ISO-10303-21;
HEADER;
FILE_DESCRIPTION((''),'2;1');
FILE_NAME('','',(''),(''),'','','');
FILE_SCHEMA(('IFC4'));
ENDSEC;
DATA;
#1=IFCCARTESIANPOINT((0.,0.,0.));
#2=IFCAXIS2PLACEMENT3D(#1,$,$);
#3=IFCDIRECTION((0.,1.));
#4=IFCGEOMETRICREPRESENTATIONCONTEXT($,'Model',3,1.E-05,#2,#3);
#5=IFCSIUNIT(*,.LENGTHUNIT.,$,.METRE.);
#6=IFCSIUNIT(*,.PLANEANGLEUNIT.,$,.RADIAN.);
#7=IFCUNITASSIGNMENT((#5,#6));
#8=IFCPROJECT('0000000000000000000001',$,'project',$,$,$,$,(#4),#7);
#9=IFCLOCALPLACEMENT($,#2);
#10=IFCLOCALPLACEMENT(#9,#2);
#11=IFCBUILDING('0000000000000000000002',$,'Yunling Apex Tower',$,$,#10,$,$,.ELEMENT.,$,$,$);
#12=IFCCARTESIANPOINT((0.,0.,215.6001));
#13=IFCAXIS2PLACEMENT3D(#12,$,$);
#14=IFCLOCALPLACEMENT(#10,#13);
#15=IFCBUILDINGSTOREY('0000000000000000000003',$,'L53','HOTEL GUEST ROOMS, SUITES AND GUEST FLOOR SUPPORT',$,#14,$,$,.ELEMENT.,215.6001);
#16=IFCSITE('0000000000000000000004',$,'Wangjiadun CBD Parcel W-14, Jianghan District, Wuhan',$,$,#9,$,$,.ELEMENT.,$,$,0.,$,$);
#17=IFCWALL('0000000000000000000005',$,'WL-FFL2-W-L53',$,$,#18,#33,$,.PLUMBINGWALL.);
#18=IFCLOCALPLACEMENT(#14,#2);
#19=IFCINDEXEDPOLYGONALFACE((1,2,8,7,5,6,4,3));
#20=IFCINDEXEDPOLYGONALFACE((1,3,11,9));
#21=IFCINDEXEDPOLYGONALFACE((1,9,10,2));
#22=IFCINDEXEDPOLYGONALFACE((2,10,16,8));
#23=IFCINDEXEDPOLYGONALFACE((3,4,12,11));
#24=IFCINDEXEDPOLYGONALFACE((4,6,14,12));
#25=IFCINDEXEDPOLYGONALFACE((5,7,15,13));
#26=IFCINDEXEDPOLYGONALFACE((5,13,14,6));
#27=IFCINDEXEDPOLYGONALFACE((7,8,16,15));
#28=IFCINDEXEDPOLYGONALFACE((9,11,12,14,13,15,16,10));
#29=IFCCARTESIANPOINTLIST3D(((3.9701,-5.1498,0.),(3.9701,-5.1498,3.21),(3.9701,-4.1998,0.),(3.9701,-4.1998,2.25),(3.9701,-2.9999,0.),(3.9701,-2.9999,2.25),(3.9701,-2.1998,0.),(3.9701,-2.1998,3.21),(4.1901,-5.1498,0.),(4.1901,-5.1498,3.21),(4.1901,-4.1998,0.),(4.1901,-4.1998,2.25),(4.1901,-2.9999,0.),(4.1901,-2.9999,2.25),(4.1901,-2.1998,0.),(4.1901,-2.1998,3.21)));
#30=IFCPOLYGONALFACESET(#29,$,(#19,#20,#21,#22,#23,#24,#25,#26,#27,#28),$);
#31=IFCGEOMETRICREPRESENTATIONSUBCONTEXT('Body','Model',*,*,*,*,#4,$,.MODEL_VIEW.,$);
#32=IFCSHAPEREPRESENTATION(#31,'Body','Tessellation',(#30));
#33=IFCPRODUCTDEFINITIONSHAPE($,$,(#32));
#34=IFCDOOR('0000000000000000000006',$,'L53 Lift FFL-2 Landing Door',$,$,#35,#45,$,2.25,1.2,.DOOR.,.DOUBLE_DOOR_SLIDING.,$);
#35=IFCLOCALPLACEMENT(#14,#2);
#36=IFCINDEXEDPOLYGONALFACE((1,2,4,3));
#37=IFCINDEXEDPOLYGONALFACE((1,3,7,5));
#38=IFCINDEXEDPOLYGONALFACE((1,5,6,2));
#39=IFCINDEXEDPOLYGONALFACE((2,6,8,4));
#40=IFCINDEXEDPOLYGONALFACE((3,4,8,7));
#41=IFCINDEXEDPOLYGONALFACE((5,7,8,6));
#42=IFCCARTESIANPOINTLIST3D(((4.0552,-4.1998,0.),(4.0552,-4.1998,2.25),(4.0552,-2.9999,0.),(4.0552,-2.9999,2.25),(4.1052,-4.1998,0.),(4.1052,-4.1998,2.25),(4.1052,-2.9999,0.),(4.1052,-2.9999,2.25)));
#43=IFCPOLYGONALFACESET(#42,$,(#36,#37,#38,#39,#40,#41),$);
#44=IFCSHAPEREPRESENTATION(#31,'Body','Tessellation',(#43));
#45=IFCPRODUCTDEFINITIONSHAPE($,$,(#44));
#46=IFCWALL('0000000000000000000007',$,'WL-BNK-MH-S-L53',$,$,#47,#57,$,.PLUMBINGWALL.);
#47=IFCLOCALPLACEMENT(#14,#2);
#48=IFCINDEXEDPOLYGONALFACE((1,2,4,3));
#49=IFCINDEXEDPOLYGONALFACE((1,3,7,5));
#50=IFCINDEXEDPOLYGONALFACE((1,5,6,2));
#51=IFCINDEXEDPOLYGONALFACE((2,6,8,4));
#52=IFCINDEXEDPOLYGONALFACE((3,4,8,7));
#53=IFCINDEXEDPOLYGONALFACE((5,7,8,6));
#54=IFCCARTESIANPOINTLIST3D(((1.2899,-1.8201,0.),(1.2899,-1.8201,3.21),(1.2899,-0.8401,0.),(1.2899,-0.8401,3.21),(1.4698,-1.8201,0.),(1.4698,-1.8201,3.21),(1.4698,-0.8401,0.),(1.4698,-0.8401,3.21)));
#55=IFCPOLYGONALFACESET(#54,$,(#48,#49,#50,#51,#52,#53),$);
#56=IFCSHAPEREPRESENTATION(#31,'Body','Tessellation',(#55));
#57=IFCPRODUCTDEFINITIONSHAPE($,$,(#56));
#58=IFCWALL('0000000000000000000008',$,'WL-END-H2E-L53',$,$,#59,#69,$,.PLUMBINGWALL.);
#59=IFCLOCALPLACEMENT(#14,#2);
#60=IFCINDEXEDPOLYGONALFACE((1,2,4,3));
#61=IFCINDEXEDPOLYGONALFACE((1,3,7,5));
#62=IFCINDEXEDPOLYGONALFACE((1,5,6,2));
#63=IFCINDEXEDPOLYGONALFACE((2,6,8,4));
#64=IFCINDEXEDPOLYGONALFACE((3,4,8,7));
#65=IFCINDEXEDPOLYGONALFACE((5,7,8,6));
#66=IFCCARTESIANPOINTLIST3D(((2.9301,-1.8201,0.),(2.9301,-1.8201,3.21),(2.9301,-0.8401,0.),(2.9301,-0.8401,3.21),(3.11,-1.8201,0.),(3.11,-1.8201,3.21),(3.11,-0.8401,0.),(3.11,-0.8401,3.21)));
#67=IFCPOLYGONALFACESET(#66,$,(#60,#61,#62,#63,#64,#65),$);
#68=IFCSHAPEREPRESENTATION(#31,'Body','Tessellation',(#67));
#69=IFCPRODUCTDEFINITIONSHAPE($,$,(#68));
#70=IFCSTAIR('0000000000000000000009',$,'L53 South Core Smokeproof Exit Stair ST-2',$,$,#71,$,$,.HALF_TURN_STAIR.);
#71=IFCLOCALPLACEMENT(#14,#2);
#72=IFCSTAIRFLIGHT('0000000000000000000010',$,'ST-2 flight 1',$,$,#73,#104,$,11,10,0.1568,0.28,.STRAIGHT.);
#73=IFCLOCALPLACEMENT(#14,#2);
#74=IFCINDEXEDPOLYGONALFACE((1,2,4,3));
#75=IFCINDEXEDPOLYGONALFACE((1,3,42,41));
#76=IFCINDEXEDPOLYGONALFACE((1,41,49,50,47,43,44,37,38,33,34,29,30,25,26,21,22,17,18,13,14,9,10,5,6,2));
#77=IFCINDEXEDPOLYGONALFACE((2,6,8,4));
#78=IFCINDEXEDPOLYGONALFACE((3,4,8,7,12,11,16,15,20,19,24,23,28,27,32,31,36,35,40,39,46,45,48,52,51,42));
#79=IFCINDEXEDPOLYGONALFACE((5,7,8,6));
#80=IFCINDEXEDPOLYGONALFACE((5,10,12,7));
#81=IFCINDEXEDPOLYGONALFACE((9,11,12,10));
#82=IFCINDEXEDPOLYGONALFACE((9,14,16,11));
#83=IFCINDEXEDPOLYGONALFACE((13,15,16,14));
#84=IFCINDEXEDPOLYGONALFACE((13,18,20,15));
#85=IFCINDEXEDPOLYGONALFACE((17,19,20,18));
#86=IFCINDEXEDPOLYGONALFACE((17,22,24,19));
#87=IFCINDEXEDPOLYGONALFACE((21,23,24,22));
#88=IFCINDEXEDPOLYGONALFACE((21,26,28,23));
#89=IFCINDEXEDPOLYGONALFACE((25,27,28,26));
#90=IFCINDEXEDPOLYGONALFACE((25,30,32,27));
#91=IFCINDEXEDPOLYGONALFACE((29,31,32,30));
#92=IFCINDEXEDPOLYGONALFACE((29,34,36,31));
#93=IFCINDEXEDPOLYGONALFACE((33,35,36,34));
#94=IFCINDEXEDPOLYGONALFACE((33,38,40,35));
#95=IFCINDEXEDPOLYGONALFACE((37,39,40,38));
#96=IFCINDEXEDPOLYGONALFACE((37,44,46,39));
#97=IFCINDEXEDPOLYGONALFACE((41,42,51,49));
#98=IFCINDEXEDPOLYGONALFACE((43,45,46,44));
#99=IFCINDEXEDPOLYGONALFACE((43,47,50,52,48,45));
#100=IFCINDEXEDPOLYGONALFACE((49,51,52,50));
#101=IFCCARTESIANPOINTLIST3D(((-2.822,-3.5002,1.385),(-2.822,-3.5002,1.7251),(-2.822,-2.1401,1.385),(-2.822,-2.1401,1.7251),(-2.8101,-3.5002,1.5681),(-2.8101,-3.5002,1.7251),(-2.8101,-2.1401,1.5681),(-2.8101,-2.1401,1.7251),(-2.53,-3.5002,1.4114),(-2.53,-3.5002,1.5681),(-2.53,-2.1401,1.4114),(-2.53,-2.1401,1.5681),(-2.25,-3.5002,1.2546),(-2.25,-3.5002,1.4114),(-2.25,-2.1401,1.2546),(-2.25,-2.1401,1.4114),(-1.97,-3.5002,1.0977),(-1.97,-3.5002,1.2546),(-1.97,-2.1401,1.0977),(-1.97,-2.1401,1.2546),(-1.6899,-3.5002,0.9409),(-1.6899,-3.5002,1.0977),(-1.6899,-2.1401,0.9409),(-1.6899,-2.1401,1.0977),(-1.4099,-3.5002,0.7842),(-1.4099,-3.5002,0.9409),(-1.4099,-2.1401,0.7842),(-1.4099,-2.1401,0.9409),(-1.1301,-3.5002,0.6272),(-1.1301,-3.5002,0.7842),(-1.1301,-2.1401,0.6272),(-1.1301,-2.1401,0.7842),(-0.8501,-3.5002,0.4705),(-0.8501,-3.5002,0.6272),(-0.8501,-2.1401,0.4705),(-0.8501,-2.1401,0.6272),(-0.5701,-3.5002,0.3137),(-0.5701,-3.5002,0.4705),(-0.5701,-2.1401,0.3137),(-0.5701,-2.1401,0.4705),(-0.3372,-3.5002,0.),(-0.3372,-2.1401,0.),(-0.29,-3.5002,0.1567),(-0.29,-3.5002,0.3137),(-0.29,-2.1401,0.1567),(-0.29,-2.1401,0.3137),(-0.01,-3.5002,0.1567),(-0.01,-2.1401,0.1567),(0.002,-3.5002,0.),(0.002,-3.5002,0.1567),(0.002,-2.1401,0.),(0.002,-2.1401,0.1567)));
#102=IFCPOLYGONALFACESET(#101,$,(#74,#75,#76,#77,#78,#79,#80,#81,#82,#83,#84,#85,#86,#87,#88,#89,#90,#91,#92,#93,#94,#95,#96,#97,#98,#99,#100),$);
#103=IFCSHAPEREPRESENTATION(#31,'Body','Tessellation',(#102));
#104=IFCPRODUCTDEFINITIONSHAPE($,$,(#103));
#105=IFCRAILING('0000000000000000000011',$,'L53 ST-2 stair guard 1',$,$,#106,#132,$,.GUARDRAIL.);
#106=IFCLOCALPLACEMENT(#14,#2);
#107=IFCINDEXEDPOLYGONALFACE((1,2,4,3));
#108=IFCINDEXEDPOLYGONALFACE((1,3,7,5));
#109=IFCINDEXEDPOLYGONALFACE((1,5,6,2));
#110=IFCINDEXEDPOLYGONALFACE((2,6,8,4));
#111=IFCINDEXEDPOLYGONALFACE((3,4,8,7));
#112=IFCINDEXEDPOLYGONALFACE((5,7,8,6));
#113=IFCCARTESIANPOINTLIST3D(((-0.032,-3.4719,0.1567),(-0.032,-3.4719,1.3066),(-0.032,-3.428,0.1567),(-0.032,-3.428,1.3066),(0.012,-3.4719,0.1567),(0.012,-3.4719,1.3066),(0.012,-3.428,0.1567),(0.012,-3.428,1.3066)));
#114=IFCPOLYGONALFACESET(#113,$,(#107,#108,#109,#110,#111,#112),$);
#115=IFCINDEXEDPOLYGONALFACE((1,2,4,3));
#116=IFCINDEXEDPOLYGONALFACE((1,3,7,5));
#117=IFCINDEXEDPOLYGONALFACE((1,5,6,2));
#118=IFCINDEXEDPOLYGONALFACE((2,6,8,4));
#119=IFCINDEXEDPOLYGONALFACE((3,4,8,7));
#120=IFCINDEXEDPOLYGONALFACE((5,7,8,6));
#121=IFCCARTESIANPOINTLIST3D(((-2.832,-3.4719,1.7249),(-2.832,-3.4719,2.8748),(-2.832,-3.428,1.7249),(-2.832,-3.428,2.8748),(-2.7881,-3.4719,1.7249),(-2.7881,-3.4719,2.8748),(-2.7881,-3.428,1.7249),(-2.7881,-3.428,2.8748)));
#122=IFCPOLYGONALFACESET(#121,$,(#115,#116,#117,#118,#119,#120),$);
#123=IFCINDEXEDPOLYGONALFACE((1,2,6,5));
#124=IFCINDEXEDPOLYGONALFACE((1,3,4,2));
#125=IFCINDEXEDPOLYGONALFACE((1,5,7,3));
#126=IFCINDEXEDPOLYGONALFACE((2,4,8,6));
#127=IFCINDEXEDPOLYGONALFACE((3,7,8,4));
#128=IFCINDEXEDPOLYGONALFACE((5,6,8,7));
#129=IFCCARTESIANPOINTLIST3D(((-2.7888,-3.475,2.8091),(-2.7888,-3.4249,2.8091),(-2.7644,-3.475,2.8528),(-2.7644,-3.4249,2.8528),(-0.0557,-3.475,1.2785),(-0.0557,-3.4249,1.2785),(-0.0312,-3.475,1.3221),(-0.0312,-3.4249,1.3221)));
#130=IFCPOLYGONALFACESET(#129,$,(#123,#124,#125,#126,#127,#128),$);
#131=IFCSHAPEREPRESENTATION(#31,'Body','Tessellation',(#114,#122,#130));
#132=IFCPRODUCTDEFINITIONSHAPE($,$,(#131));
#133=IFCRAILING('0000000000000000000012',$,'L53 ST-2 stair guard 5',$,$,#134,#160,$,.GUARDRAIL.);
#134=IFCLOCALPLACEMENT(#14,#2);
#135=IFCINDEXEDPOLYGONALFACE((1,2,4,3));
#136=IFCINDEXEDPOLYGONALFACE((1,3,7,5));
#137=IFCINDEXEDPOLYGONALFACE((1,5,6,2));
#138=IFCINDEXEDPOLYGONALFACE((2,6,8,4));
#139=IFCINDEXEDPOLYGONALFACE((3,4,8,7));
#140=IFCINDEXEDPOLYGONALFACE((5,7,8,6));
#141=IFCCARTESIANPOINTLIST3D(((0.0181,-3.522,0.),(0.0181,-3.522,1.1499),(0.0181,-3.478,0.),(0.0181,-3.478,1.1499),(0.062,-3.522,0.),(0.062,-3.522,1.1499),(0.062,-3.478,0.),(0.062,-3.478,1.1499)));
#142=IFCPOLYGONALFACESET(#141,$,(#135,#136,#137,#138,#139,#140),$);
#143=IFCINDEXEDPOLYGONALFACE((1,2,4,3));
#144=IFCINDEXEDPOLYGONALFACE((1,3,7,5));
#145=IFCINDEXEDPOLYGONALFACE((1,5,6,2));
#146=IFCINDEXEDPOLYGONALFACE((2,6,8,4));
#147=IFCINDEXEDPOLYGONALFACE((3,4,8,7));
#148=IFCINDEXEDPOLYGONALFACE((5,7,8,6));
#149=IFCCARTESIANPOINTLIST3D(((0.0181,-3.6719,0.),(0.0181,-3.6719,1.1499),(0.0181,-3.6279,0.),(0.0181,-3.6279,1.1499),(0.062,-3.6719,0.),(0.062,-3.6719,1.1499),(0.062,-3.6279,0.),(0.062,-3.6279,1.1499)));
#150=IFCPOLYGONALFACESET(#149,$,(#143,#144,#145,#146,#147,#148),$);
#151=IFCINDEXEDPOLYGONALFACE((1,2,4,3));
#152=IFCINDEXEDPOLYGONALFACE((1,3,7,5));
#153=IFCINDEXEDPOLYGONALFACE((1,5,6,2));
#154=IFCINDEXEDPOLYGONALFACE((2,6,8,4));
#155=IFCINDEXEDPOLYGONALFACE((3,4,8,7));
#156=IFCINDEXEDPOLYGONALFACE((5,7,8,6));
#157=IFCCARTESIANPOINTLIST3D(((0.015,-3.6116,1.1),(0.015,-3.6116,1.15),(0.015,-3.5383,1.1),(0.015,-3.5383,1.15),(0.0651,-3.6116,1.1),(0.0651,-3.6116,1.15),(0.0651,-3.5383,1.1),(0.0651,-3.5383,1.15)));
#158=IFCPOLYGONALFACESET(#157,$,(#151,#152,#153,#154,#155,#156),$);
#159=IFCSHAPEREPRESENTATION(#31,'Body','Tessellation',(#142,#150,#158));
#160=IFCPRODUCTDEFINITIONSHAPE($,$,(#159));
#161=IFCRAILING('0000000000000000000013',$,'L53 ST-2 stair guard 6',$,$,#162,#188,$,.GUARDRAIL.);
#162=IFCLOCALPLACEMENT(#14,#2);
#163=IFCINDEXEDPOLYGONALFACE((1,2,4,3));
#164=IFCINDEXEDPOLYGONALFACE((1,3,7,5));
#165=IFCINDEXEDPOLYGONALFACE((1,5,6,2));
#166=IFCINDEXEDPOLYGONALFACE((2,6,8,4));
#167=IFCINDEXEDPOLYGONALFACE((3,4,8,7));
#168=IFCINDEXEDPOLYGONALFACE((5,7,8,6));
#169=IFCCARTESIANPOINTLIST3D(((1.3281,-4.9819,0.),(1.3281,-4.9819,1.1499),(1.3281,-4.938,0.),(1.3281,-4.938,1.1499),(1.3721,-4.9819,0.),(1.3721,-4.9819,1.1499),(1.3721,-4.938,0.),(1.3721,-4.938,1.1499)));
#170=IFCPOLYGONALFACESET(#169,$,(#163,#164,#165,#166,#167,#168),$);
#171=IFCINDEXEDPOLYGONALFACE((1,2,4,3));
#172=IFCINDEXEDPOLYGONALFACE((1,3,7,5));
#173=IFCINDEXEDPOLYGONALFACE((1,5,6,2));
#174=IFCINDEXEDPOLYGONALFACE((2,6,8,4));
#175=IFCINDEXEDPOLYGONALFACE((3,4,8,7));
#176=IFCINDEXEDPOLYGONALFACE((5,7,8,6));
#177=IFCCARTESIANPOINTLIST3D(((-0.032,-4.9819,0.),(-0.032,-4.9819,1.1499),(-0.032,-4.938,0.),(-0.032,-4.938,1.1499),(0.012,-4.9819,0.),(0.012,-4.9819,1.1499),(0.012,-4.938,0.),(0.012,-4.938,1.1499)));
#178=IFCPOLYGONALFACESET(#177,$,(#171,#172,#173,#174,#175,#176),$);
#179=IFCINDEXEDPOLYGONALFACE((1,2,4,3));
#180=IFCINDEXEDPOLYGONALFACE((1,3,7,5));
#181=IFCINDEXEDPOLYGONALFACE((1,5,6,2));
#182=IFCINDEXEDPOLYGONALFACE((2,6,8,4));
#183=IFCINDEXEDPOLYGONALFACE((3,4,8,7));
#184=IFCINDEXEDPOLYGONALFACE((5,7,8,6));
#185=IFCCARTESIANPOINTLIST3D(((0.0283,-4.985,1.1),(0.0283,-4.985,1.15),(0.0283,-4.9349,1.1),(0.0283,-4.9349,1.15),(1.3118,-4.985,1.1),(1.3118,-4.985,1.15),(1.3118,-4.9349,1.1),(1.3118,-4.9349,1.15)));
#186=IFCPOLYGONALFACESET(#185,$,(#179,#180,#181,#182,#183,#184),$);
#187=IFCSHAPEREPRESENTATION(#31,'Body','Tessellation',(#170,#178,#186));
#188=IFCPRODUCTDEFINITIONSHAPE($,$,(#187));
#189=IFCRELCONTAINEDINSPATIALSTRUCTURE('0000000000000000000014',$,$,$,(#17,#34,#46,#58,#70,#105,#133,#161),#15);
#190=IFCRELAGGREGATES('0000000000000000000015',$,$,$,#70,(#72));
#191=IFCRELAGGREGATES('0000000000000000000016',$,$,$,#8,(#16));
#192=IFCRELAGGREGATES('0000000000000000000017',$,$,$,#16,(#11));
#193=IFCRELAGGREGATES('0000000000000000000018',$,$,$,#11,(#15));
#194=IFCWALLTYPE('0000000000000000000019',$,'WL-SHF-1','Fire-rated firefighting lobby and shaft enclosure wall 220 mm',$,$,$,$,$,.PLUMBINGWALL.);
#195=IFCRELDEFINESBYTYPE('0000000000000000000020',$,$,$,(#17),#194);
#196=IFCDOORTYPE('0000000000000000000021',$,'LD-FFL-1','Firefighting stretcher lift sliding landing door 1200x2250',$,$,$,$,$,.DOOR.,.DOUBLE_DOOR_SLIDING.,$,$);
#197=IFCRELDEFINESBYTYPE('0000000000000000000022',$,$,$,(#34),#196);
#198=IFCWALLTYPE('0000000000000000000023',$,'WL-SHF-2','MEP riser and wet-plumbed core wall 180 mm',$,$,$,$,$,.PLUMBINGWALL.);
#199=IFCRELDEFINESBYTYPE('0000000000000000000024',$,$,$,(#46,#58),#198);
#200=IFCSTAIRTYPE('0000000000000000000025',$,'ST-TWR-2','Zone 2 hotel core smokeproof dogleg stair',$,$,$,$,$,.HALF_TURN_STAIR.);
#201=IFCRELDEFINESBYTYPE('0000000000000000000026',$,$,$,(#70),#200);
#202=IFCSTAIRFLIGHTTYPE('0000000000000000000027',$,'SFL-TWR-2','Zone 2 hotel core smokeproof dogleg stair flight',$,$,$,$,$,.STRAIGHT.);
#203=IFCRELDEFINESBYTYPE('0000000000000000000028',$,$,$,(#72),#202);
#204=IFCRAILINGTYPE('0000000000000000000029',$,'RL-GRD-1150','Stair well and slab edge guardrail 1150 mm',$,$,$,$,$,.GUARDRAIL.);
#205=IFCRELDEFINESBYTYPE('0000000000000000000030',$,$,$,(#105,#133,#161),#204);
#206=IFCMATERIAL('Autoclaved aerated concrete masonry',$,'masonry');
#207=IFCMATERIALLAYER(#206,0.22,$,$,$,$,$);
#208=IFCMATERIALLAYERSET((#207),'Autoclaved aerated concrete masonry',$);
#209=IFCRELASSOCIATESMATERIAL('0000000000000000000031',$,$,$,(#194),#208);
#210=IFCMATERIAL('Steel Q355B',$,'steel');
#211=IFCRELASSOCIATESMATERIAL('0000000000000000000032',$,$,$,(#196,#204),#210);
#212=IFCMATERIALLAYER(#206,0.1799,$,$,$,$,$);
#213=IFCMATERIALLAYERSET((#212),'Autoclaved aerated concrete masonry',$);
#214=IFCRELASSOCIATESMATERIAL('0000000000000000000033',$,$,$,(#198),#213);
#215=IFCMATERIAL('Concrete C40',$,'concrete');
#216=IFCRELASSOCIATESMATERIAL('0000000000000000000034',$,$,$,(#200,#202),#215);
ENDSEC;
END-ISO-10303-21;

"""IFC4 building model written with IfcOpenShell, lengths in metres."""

from ifc_helpers import new_model, si_unit, direction, frame, frame_2d, origin, origin_2d, place, context, subcontext, project, spatial, polyline, rectangle, outline, extrude, material, layer, layer_set, type_object, element, fill, aggregate, save


model = new_model("IFC4")

# Units and contexts
model_context = context("Model", 3, precision=1e-05, world=origin(), true_north=direction((0.0, 1.0)))
body_context = subcontext(model_context, "Body", "Model", "MODEL_VIEW")
ifc_project = project(units=[si_unit("LENGTHUNIT", "METRE"), si_unit("PLANEANGLEUNIT", "RADIAN")], contexts=[model_context])

# Site, building, storey
site_placement = place(None, origin())
site = spatial("IfcSite", under=ifc_project, at=site_placement, Name="Wangjiadun CBD Parcel W-14, Jianghan District, Wuhan", CompositionType="ELEMENT", RefElevation=0.0)
building_placement = place(site_placement, origin())
building = spatial("IfcBuilding", under=site, at=building_placement, Name="Yunling Apex Tower", CompositionType="ELEMENT")
storey_placement = place(building_placement, frame((0.0, 0.0, 215.6001)))
storey = spatial("IfcBuildingStorey", under=building, at=storey_placement, Name="L53", Description="HOTEL GUEST ROOMS, SUITES AND GUEST FLOOR SUPPORT", CompositionType="ELEMENT", Elevation=215.6001)

# Shared definitions
ifc_material_1 = material(Name="Concrete C40", Category="concrete")

# Wall, opening, door
ifc_material_2 = material(Name="Autoclaved aerated concrete masonry", Category="masonry")
ifc_layer_1 = layer(ifc_material_2, 0.22)
ifc_layer_set_1 = layer_set([ifc_layer_1], Name="Autoclaved aerated concrete masonry")
wall_type_1 = type_object("IfcWallType", Name="WL-SHF-1", Description="Fire-rated firefighting lobby and shaft enclosure wall 220 mm", PredefinedType="PLUMBINGWALL", material=ifc_layer_set_1)
ifc_material_3 = material(Name="Steel Q355B", Category="steel")
wall_1_placement = place(storey_placement, frame((4.0801, -5.1499, 0.0), z_axis=(0.0, 0.0, 1.0), x_axis=(0.0, 1.0, 0.0)))
wall_1 = element("IfcWall", 1, at=wall_1_placement, inside=storey, type_object=wall_type_1, Name="WL-FFL2-W-L53", PredefinedType="PLUMBINGWALL", context=body_context, shape_type="SweptSolid", body=[
    extrude(rectangle(XDim=2.95, YDim=0.22, at=frame_2d((1.4751, 0.0))), origin(), (0.0, 0.0, 1.0), 3.21),
])
opening_1_placement = place(wall_1_placement, frame((0.95, 0.0, 0.0)))
opening_1 = element("IfcOpeningElement", 2, at=opening_1_placement, cuts=wall_1, PredefinedType="OPENING", context=body_context, shape_type="SweptSolid", body=[
    extrude(rectangle(XDim=1.2, YDim=2.25, at=frame_2d((0.6001, 1.125))), frame((0.0, 0.1201, 0.0), z_axis=(0.0, -1.0, 0.0), x_axis=(1.0, 0.0, 0.0)), (0.0, 0.0, 1.0), 0.24),
])
door_type_1 = type_object("IfcDoorType", Name="LD-FFL-1", Description="Firefighting stretcher lift sliding landing door 1200x2250", OperationType="DOUBLE_DOOR_SLIDING", PredefinedType="DOOR", material=ifc_material_3)
door_1_placement = place(opening_1_placement, origin())
door_1 = element("IfcDoor", 3, at=door_1_placement, inside=storey, type_object=door_type_1, Name="L53 Lift FFL-2 Landing Door", OperationType="DOUBLE_DOOR_SLIDING", OverallHeight=2.25, OverallWidth=1.2, PredefinedType="DOOR", context=body_context, shape_type="SweptSolid", body=[
    extrude(rectangle(XDim=1.2, YDim=2.25, at=frame_2d((0.6001, 1.125))), frame((0.0, 0.0249, 0.0), z_axis=(0.0, -1.0, 0.0), x_axis=(1.0, 0.0, 0.0)), (0.0, 0.0, 1.0), 0.05),
])
fill(opening_1, door_1)

# Walls
ifc_layer_2 = layer(ifc_material_2, 0.1799)
ifc_layer_set_2 = layer_set([ifc_layer_2], Name="Autoclaved aerated concrete masonry")
wall_type_2 = type_object("IfcWallType", Name="WL-SHF-2", Description="MEP riser and wet-plumbed core wall 180 mm", PredefinedType="PLUMBINGWALL", material=ifc_layer_set_2)
for number, where, z_axis, x_axis, name in (
    (4, (1.3799, -1.8201, 0.0), (0.0, 0.0, 1.0), (0.0, 1.0, 0.0), "WL-BNK-MH-S-L53"),
    (5, (3.02, -1.8201, 0.0), (0.0, 0.0, 1.0), (0.0, 1.0, 0.0), "WL-END-H2E-L53"),
):
    element("IfcWall", number, at=place(storey_placement, frame(where, z_axis=z_axis, x_axis=x_axis)), inside=storey, type_object=wall_type_2, Name=name, PredefinedType="PLUMBINGWALL", context=body_context, shape_type="SweptSolid", body=[
        extrude(rectangle(XDim=0.98, YDim=0.1799, at=frame_2d((0.49, 0.0))), origin(), (0.0, 0.0, 1.0), 3.21),
    ])

# Stair, stair flight
stair_type = type_object("IfcStairType", Name="ST-TWR-2", Description="Zone 2 hotel core smokeproof dogleg stair", PredefinedType="HALF_TURN_STAIR", material=ifc_material_1)
stair_placement = place(storey_placement, origin())
stair = element("IfcStair", 6, at=stair_placement, inside=storey, type_object=stair_type, Name="L53 South Core Smokeproof Exit Stair ST-2", PredefinedType="HALF_TURN_STAIR")
stair_flight_type = type_object("IfcStairFlightType", Name="SFL-TWR-2", Description="Zone 2 hotel core smokeproof dogleg stair flight", PredefinedType="STRAIGHT", material=ifc_material_1)
stair_flight_placement = place(storey_placement, frame((-0.01, -2.8201, 0.0), z_axis=(0.0, 0.0, 1.0), x_axis=(-1.0, 0.0, 0.0)))
stair_flight = element("IfcStairFlight", 7, at=stair_flight_placement, type_object=stair_flight_type, Name="ST-2 flight 1", NumberOfRisers=11, NumberOfTreads=10, PredefinedType="STRAIGHT", RiserHeight=0.1568, TreadLength=0.28, context=body_context, shape_type="SweptSolid", body=[
    extrude(outline(polyline([(-0.012, 0.0), (-0.012, 0.1567), (0.0, 0.1567), (0.28, 0.1567), (0.28, 0.3137), (0.5601, 0.3137), (0.5601, 0.4705), (0.8401, 0.4705), (0.8401, 0.6272), (1.1201, 0.6272), (1.1201, 0.7842), (1.3999, 0.7842), (1.3999, 0.9409), (1.6799, 0.9409), (1.6799, 1.0977), (1.96, 1.0977), (1.96, 1.2546), (2.24, 1.2546), (2.24, 1.4114), (2.52, 1.4114), (2.52, 1.5681), (2.8, 1.5681), (2.8, 1.7251), (2.812, 1.7251), (2.812, 1.385), (0.3271, 0.0), (-0.012, 0.0)])), frame((0.0, 0.6802, 0.0), z_axis=(0.0, -1.0, 0.0), x_axis=(1.0, 0.0, 0.0)), (0.0, 0.0, 1.0), 1.3601),
])
aggregate(stair, [stair_flight])

# Railings
railing_type_1 = type_object("IfcRailingType", Name="RL-GRD-1150", Description="Stair well and slab edge guardrail 1150 mm", PredefinedType="GUARDRAIL", material=ifc_material_3)
railing_1_placement = place(storey_placement, frame((-0.01, -3.45, 0.1567)))
element("IfcRailing", 8, at=railing_1_placement, inside=storey, type_object=railing_type_1, Name="L53 ST-2 stair guard 1", PredefinedType="GUARDRAIL", context=body_context, shape_type="SweptSolid", body=[
    extrude(rectangle(XDim=0.0439, YDim=0.0439, at=origin_2d()), origin(), (0.0, 0.0, 1.0), 1.1499),
    extrude(rectangle(XDim=0.0439, YDim=0.0439, at=origin_2d()), frame((-2.8, 0.0, 1.5681)), (0.0, 0.0, 1.0), 1.1499),
    extrude(rectangle(XDim=0.05, YDim=0.05, at=origin_2d()), frame((-0.0334, 0.0, 1.1436), z_axis=(-0.872494, 0.0, 0.488624), x_axis=(0.0, -1.0, 0.0)), (0.0, 0.0, 1.0), 3.1326),
])
railing_2_placement = place(storey_placement, frame((0.04, -3.5, 0.0)))
element("IfcRailing", 9, at=railing_2_placement, inside=storey, type_object=railing_type_1, Name="L53 ST-2 stair guard 5", PredefinedType="GUARDRAIL", context=body_context, shape_type="SweptSolid", body=[
    extrude(rectangle(XDim=0.0439, YDim=0.0439, at=origin_2d()), origin(), (0.0, 0.0, 1.0), 1.1499),
    extrude(rectangle(XDim=0.0439, YDim=0.0439, at=origin_2d()), frame((0.0, -0.1499, 0.0)), (0.0, 0.0, 1.0), 1.1499),
    extrude(rectangle(XDim=0.05, YDim=0.05, at=origin_2d()), frame((0.0, -0.0383, 1.125), z_axis=(0.0, -1.0, 0.0), x_axis=(1.0, 0.0, 0.0)), (0.0, 0.0, 1.0), 0.0732),
])
railing_3_placement = place(storey_placement, frame((1.3501, -4.96, 0.0)))
element("IfcRailing", 10, at=railing_3_placement, inside=storey, type_object=railing_type_1, Name="L53 ST-2 stair guard 6", PredefinedType="GUARDRAIL", context=body_context, shape_type="SweptSolid", body=[
    extrude(rectangle(XDim=0.0439, YDim=0.0439, at=origin_2d()), origin(), (0.0, 0.0, 1.0), 1.1499),
    extrude(rectangle(XDim=0.0439, YDim=0.0439, at=origin_2d()), frame((-1.3601, 0.0, 0.0)), (0.0, 0.0, 1.0), 1.1499),
    extrude(rectangle(XDim=0.05, YDim=0.05, at=origin_2d()), frame((-0.0383, 0.0, 1.125), z_axis=(-1.0, 0.0, 0.0), x_axis=(0.0, -1.0, 0.0)), (0.0, 0.0, 1.0), 1.2834),
])

save(model, "model.ifc")
